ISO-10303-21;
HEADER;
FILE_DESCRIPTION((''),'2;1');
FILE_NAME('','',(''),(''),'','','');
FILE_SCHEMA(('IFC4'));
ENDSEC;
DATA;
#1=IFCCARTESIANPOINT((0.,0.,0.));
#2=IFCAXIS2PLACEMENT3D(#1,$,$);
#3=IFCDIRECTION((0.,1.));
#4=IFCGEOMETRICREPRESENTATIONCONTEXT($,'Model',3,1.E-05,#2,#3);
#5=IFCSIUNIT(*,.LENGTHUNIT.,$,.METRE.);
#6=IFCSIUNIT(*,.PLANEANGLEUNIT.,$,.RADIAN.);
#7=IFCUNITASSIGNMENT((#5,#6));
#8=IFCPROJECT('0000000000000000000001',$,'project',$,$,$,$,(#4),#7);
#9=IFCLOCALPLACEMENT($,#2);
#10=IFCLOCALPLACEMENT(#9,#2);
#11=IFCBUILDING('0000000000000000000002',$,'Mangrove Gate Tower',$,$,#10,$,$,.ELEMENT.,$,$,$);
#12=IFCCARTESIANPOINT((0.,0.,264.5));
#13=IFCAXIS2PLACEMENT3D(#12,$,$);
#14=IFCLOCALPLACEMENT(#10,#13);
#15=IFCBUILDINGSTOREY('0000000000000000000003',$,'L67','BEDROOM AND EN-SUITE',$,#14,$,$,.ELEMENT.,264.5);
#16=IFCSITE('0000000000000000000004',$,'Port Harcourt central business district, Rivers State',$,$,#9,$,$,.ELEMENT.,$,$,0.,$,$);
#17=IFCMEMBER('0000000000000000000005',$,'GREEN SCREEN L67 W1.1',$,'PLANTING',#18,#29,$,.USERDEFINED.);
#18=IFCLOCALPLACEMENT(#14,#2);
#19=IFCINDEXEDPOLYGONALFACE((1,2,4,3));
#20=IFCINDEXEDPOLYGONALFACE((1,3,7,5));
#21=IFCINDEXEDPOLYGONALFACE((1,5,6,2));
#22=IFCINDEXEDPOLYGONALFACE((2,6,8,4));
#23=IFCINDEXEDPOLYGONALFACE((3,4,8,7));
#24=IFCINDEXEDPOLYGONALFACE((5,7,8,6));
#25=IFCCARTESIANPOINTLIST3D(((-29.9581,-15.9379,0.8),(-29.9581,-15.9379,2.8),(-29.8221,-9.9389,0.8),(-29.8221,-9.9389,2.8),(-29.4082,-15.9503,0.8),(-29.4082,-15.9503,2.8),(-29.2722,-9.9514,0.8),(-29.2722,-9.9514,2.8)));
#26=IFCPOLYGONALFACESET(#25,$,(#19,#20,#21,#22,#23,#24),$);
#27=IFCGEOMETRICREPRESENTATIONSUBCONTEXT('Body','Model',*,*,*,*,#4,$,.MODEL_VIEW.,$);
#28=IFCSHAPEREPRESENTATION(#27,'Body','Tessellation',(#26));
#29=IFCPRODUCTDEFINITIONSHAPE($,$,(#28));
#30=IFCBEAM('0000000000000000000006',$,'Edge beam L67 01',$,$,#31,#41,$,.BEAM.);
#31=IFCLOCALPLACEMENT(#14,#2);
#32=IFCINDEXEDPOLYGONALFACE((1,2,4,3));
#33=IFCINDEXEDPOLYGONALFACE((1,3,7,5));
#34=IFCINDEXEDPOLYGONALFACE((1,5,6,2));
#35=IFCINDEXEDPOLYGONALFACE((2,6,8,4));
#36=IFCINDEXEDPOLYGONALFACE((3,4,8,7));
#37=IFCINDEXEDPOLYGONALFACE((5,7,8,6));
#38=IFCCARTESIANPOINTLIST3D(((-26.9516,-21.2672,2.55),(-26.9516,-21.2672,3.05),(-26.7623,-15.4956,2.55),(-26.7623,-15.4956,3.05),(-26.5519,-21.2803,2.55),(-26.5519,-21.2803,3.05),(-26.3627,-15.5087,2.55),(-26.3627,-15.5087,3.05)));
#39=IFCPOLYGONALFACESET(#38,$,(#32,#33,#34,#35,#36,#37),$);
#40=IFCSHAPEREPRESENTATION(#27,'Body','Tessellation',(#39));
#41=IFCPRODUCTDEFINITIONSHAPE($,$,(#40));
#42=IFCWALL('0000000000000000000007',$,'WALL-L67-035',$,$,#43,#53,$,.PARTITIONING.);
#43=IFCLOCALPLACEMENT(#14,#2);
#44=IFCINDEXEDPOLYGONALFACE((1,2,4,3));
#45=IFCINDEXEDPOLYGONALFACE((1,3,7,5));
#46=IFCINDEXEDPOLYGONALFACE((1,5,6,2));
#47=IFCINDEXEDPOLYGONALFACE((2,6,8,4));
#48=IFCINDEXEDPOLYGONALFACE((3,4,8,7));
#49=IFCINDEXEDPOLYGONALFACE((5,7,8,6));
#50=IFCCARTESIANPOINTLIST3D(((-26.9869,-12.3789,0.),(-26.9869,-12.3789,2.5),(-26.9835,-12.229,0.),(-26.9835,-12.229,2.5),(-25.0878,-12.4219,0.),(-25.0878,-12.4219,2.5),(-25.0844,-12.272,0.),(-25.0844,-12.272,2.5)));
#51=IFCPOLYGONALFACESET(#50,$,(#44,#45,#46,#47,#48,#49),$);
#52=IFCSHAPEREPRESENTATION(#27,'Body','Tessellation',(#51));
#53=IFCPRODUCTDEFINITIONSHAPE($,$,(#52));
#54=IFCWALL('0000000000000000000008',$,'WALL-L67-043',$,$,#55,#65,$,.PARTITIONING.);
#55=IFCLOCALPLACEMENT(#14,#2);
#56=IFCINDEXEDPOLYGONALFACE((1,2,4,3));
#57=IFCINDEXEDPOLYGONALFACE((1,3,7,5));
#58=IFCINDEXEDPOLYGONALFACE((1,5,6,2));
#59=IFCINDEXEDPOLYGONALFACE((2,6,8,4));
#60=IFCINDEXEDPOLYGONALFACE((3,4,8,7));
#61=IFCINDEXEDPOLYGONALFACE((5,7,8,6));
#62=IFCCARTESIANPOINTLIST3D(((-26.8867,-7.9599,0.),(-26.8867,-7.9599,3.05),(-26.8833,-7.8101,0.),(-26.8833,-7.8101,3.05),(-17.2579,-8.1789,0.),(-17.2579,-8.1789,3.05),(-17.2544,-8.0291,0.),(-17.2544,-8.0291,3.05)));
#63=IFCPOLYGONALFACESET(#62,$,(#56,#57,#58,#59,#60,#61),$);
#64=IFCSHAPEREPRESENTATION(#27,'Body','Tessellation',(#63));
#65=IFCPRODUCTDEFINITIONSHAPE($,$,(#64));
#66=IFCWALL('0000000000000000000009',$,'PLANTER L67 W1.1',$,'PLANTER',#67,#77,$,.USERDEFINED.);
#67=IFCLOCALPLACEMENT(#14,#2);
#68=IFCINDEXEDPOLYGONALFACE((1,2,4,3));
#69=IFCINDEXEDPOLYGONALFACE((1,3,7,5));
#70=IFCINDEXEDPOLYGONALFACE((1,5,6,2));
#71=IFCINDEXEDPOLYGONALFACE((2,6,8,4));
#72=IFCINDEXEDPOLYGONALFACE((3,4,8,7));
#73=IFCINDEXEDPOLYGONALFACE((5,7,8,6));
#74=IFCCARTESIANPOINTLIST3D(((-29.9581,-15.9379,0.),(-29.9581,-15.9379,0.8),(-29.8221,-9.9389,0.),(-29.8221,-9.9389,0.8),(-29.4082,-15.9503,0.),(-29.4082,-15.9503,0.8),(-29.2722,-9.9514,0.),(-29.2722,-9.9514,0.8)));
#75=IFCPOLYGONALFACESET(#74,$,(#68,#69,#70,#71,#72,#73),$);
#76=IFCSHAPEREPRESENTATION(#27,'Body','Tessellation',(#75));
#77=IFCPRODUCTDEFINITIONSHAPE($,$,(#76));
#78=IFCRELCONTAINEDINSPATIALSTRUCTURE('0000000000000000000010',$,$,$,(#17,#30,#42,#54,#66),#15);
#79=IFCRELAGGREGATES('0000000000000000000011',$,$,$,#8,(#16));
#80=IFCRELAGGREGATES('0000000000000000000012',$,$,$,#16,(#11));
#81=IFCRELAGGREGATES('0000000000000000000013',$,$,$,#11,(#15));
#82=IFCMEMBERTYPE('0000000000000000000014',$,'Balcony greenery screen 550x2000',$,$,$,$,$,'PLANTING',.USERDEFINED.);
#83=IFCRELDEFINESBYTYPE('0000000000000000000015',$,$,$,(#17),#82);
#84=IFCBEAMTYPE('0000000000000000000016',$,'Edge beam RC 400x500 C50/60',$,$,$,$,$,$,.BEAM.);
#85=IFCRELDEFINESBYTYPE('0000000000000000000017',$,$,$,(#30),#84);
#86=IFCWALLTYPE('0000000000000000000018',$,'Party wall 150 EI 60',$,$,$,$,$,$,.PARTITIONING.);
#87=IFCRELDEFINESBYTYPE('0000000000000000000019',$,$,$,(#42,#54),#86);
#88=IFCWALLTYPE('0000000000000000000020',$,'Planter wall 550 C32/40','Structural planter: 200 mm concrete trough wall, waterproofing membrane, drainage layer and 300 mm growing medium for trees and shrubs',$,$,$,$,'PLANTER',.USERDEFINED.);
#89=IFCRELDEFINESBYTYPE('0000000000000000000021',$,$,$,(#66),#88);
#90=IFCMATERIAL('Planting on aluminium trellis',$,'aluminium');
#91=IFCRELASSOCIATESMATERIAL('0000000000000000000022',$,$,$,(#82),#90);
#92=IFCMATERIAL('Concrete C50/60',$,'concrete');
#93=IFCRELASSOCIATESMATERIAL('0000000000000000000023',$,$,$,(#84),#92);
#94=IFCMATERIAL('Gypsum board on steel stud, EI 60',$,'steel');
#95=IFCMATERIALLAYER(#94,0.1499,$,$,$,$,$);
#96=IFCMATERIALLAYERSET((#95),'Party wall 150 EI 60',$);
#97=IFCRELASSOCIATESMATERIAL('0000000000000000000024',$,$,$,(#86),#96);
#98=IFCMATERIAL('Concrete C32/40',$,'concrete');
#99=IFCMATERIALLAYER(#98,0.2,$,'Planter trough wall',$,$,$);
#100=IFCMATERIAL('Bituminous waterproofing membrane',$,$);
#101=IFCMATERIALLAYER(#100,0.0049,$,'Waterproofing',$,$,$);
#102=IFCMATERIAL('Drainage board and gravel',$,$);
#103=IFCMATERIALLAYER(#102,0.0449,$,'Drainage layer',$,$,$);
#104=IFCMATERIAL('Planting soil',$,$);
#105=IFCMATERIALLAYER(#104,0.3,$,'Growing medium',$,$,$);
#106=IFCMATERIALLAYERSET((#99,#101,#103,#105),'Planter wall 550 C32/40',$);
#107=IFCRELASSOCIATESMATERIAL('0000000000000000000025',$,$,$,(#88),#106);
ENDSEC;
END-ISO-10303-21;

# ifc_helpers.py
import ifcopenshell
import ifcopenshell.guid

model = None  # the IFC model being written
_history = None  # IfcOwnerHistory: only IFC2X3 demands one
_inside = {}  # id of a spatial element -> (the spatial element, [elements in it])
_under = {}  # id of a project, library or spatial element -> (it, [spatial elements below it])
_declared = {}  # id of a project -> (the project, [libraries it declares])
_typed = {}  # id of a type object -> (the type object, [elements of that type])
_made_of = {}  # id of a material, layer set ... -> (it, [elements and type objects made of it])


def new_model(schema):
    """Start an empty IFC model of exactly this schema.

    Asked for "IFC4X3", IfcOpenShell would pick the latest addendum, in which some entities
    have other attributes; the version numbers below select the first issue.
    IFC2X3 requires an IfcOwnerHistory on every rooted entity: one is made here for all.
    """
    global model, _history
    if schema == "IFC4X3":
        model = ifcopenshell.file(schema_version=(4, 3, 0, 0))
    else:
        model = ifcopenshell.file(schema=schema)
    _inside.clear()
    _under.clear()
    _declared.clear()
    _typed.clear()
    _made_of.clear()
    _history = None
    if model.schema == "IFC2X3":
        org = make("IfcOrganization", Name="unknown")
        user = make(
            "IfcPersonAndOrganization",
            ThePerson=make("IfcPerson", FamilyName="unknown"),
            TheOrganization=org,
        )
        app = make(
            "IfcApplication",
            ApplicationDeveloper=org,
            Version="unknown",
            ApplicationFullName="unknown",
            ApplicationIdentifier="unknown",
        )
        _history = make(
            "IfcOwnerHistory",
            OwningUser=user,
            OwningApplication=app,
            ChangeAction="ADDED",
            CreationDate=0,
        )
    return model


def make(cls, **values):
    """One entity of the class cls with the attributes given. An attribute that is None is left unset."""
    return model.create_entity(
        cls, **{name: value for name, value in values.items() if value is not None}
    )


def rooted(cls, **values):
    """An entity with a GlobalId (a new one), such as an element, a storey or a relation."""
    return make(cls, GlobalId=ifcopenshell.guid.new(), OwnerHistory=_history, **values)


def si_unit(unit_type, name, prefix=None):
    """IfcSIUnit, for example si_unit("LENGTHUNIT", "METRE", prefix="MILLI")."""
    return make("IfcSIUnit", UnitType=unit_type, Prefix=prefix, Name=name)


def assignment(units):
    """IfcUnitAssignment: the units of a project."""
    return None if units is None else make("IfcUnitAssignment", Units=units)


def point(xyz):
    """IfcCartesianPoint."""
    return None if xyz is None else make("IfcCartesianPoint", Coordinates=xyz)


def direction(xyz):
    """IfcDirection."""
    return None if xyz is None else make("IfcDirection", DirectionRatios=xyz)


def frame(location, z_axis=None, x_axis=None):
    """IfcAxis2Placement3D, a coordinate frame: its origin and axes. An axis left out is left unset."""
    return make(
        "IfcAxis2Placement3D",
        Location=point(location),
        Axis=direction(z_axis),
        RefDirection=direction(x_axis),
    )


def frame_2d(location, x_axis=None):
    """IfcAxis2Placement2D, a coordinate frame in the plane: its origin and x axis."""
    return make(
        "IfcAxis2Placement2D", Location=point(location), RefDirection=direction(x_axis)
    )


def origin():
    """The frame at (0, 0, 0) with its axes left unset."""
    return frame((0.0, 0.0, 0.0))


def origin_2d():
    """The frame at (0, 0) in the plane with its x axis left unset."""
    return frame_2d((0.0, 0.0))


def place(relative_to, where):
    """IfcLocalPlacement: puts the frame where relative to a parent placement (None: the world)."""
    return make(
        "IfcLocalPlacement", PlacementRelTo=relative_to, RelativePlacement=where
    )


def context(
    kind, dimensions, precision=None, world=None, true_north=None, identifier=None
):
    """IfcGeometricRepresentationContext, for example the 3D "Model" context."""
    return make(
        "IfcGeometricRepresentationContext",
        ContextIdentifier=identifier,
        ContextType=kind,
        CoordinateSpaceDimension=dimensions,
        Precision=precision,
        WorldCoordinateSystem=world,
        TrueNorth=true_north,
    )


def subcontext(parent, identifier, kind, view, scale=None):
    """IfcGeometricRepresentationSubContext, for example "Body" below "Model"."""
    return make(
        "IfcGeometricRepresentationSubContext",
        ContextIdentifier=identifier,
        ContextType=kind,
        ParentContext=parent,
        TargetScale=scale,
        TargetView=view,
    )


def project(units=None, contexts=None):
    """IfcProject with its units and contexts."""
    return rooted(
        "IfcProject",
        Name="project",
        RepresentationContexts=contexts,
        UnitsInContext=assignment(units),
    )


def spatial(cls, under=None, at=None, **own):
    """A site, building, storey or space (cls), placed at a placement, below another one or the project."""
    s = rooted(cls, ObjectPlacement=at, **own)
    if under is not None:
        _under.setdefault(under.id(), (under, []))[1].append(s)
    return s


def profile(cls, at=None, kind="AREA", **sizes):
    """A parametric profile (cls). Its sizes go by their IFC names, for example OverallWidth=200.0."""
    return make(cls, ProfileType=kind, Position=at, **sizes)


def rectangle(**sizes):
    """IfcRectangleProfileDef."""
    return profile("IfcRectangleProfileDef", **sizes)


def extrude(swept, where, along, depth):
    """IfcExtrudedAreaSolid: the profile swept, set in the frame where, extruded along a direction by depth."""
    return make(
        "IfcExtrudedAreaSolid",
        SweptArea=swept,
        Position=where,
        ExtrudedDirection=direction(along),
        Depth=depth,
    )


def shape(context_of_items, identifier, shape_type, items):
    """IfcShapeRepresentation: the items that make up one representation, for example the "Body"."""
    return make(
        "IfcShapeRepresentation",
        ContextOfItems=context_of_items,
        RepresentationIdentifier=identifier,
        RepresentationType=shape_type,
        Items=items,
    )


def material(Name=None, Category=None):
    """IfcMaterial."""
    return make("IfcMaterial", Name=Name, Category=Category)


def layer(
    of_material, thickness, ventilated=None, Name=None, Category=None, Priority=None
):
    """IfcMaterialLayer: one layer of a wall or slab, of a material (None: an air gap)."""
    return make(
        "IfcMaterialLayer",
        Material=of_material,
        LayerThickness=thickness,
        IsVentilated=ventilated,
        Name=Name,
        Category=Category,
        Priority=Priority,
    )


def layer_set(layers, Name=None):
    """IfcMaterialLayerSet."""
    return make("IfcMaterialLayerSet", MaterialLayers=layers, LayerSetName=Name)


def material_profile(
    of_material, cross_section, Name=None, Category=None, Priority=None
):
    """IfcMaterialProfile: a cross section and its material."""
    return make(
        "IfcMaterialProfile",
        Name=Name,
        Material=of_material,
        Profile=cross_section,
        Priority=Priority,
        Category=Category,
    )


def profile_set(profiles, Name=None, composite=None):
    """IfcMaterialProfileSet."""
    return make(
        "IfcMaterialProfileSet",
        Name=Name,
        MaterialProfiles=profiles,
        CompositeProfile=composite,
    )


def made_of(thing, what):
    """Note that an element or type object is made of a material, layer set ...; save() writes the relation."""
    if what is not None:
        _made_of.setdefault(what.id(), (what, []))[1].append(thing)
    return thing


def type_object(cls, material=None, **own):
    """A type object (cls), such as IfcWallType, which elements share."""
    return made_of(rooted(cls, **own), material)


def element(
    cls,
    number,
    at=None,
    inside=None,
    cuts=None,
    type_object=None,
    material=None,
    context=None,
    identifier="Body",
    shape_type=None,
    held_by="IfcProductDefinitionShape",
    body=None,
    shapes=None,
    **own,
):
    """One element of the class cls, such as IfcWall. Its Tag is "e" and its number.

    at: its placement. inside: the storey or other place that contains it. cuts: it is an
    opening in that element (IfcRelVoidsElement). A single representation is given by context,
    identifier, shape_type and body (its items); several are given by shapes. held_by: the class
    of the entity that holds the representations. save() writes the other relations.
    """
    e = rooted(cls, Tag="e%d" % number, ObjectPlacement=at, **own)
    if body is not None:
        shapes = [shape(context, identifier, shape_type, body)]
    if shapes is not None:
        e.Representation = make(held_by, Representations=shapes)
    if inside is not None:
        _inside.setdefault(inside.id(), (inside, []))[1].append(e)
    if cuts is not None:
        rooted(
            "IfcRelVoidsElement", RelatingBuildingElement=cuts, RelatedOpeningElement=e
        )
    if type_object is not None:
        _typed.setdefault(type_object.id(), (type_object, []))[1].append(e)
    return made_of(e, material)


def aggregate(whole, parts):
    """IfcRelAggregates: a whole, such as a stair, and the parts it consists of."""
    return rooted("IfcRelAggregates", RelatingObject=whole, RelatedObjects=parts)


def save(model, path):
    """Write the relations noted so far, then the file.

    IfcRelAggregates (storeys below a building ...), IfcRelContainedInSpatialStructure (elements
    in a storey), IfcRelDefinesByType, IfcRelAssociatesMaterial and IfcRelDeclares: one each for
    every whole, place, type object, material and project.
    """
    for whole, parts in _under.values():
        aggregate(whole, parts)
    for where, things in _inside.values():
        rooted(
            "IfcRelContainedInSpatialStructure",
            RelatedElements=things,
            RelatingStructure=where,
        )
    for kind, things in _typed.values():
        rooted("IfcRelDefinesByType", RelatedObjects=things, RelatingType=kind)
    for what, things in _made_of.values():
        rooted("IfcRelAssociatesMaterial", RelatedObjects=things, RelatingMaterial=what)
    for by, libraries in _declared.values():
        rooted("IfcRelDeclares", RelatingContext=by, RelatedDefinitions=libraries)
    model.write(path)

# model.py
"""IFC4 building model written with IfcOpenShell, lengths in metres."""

from ifc_helpers import new_model, si_unit, direction, frame, frame_2d, origin, origin_2d, place, context, subcontext, project, spatial, rectangle, extrude, material, layer, layer_set, material_profile, profile_set, type_object, element, save


model = new_model("IFC4")

# Units and contexts
model_context = context("Model", 3, precision=1e-05, world=origin(), true_north=direction((0.0, 1.0)))
body_context = subcontext(model_context, "Body", "Model", "MODEL_VIEW")
ifc_project = project(units=[si_unit("LENGTHUNIT", "METRE"), si_unit("PLANEANGLEUNIT", "RADIAN")], contexts=[model_context])

# Site, building, storey
site_placement = place(None, origin())
site = spatial("IfcSite", under=ifc_project, at=site_placement, Name="Port Harcourt central business district, Rivers State", CompositionType="ELEMENT", RefElevation=0.0)
building_placement = place(site_placement, origin())
building = spatial("IfcBuilding", under=site, at=building_placement, Name="Mangrove Gate Tower", CompositionType="ELEMENT")
storey_placement = place(building_placement, frame((0.0, 0.0, 264.5)))
storey = spatial("IfcBuildingStorey", under=building, at=storey_placement, Name="L67", Description="BEDROOM AND EN-SUITE", CompositionType="ELEMENT", Elevation=264.5)

# Member
ifc_material_1 = material(Name="Planting on aluminium trellis", Category="aluminium")
ifc_material_profile_1 = material_profile(ifc_material_1, rectangle(XDim=0.55, YDim=2.0, at=origin_2d()))
ifc_profile_set_1 = profile_set([ifc_material_profile_1], Name="Planting on aluminium trellis")
member_type = type_object("IfcMemberType", Name="Balcony greenery screen 550x2000", ElementType="PLANTING", PredefinedType="USERDEFINED", material=ifc_profile_set_1)
member_placement = place(storey_placement, frame((-29.6831, -15.9441, 1.8), z_axis=(0.022662, 0.999743, 0.0), x_axis=(-0.999743, 0.022662, 0.0)))
element("IfcMember", 1, at=member_placement, inside=storey, type_object=member_type, Name="GREEN SCREEN L67 W1.1", ObjectType="PLANTING", PredefinedType="USERDEFINED", context=body_context, shape_type="SweptSolid", body=[
    extrude(rectangle(XDim=0.55, YDim=2.0, at=origin_2d()), origin(), (0.0, 0.0, 1.0), 6.0005),
])

# Beam
ifc_material_2 = material(Name="Concrete C50/60", Category="concrete")
ifc_material_profile_2 = material_profile(ifc_material_2, rectangle(XDim=0.3999, YDim=0.5, at=origin_2d()))
ifc_profile_set_2 = profile_set([ifc_material_profile_2], Name="Concrete C50/60")
beam_type = type_object("IfcBeamType", Name="Edge beam RC 400x500 C50/60", PredefinedType="BEAM", material=ifc_profile_set_2)
beam_placement = place(storey_placement, frame((-26.5625, -15.5022, 2.8), z_axis=(-0.032766, -0.999463, 0.0), x_axis=(0.999463, -0.032766, 0.0)))
element("IfcBeam", 2, at=beam_placement, inside=storey, type_object=beam_type, Name="Edge beam L67 01", PredefinedType="BEAM", context=body_context, shape_type="SweptSolid", body=[
    extrude(rectangle(XDim=0.3999, YDim=0.5, at=origin_2d()), origin(), (0.0, 0.0, 1.0), 5.7747),
])

# Walls
ifc_material_3 = material(Name="Gypsum board on steel stud, EI 60", Category="steel")
ifc_layer_1 = layer(ifc_material_3, 0.1499)
ifc_layer_set_1 = layer_set([ifc_layer_1], Name="Party wall 150 EI 60")
wall_type_1 = type_object("IfcWallType", Name="Party wall 150 EI 60", PredefinedType="PARTITIONING", material=ifc_layer_set_1)
wall_1_placement = place(storey_placement, frame((-26.9851, -12.304, 0.0), z_axis=(0.0, 0.0, 1.0), x_axis=(0.999744, -0.022619, 0.0)))
element("IfcWall", 3, at=wall_1_placement, inside=storey, type_object=wall_type_1, Name="WALL-L67-035", PredefinedType="PARTITIONING", context=body_context, shape_type="SweptSolid", body=[
    extrude(rectangle(XDim=1.8997, YDim=0.1499, at=frame_2d((0.9497, 0.0))), origin(), (0.0, 0.0, 1.0), 2.5),
])
wall_2_placement = place(storey_placement, frame((-26.885, -7.885, 0.0), z_axis=(0.0, 0.0, 1.0), x_axis=(0.999741, -0.022738, 0.0)))
element("IfcWall", 4, at=wall_2_placement, inside=storey, type_object=wall_type_1, Name="WALL-L67-043", PredefinedType="PARTITIONING", context=body_context, shape_type="SweptSolid", body=[
    extrude(rectangle(XDim=9.6313, YDim=0.1499, at=frame_2d((4.8157, 0.0))), origin(), (0.0, 0.0, 1.0), 3.05),
])
ifc_material_4 = material(Name="Concrete C32/40", Category="concrete")
ifc_layer_2 = layer(ifc_material_4, 0.2, Name="Planter trough wall")
ifc_material_5 = material(Name="Bituminous waterproofing membrane")
ifc_layer_3 = layer(ifc_material_5, 0.0049, Name="Waterproofing")
ifc_material_6 = material(Name="Drainage board and gravel")
ifc_layer_4 = layer(ifc_material_6, 0.0449, Name="Drainage layer")
ifc_material_7 = material(Name="Planting soil")
ifc_layer_5 = layer(ifc_material_7, 0.3, Name="Growing medium")
ifc_layer_set_2 = layer_set([ifc_layer_2, ifc_layer_3, ifc_layer_4, ifc_layer_5], Name="Planter wall 550 C32/40")
wall_type_2 = type_object("IfcWallType", Name="Planter wall 550 C32/40", Description="Structural planter: 200 mm concrete trough wall, waterproofing membrane, drainage layer and 300 mm growing medium for trees and shrubs", ElementType="PLANTER", PredefinedType="USERDEFINED", material=ifc_layer_set_2)
wall_3_placement = place(storey_placement, frame((-29.6831, -15.9441, 0.0), z_axis=(0.0, 0.0, 1.0), x_axis=(0.022662, 0.999743, 0.0)))
element("IfcWall", 5, at=wall_3_placement, inside=storey, type_object=wall_type_2, Name="PLANTER L67 W1.1", ObjectType="PLANTER", PredefinedType="USERDEFINED", context=body_context, shape_type="SweptSolid", body=[
    extrude(rectangle(XDim=6.0005, YDim=0.55, at=frame_2d((3.0002, 0.0))), origin(), (0.0, 0.0, 1.0), 0.8),
])

save(model, "model.ifc")
